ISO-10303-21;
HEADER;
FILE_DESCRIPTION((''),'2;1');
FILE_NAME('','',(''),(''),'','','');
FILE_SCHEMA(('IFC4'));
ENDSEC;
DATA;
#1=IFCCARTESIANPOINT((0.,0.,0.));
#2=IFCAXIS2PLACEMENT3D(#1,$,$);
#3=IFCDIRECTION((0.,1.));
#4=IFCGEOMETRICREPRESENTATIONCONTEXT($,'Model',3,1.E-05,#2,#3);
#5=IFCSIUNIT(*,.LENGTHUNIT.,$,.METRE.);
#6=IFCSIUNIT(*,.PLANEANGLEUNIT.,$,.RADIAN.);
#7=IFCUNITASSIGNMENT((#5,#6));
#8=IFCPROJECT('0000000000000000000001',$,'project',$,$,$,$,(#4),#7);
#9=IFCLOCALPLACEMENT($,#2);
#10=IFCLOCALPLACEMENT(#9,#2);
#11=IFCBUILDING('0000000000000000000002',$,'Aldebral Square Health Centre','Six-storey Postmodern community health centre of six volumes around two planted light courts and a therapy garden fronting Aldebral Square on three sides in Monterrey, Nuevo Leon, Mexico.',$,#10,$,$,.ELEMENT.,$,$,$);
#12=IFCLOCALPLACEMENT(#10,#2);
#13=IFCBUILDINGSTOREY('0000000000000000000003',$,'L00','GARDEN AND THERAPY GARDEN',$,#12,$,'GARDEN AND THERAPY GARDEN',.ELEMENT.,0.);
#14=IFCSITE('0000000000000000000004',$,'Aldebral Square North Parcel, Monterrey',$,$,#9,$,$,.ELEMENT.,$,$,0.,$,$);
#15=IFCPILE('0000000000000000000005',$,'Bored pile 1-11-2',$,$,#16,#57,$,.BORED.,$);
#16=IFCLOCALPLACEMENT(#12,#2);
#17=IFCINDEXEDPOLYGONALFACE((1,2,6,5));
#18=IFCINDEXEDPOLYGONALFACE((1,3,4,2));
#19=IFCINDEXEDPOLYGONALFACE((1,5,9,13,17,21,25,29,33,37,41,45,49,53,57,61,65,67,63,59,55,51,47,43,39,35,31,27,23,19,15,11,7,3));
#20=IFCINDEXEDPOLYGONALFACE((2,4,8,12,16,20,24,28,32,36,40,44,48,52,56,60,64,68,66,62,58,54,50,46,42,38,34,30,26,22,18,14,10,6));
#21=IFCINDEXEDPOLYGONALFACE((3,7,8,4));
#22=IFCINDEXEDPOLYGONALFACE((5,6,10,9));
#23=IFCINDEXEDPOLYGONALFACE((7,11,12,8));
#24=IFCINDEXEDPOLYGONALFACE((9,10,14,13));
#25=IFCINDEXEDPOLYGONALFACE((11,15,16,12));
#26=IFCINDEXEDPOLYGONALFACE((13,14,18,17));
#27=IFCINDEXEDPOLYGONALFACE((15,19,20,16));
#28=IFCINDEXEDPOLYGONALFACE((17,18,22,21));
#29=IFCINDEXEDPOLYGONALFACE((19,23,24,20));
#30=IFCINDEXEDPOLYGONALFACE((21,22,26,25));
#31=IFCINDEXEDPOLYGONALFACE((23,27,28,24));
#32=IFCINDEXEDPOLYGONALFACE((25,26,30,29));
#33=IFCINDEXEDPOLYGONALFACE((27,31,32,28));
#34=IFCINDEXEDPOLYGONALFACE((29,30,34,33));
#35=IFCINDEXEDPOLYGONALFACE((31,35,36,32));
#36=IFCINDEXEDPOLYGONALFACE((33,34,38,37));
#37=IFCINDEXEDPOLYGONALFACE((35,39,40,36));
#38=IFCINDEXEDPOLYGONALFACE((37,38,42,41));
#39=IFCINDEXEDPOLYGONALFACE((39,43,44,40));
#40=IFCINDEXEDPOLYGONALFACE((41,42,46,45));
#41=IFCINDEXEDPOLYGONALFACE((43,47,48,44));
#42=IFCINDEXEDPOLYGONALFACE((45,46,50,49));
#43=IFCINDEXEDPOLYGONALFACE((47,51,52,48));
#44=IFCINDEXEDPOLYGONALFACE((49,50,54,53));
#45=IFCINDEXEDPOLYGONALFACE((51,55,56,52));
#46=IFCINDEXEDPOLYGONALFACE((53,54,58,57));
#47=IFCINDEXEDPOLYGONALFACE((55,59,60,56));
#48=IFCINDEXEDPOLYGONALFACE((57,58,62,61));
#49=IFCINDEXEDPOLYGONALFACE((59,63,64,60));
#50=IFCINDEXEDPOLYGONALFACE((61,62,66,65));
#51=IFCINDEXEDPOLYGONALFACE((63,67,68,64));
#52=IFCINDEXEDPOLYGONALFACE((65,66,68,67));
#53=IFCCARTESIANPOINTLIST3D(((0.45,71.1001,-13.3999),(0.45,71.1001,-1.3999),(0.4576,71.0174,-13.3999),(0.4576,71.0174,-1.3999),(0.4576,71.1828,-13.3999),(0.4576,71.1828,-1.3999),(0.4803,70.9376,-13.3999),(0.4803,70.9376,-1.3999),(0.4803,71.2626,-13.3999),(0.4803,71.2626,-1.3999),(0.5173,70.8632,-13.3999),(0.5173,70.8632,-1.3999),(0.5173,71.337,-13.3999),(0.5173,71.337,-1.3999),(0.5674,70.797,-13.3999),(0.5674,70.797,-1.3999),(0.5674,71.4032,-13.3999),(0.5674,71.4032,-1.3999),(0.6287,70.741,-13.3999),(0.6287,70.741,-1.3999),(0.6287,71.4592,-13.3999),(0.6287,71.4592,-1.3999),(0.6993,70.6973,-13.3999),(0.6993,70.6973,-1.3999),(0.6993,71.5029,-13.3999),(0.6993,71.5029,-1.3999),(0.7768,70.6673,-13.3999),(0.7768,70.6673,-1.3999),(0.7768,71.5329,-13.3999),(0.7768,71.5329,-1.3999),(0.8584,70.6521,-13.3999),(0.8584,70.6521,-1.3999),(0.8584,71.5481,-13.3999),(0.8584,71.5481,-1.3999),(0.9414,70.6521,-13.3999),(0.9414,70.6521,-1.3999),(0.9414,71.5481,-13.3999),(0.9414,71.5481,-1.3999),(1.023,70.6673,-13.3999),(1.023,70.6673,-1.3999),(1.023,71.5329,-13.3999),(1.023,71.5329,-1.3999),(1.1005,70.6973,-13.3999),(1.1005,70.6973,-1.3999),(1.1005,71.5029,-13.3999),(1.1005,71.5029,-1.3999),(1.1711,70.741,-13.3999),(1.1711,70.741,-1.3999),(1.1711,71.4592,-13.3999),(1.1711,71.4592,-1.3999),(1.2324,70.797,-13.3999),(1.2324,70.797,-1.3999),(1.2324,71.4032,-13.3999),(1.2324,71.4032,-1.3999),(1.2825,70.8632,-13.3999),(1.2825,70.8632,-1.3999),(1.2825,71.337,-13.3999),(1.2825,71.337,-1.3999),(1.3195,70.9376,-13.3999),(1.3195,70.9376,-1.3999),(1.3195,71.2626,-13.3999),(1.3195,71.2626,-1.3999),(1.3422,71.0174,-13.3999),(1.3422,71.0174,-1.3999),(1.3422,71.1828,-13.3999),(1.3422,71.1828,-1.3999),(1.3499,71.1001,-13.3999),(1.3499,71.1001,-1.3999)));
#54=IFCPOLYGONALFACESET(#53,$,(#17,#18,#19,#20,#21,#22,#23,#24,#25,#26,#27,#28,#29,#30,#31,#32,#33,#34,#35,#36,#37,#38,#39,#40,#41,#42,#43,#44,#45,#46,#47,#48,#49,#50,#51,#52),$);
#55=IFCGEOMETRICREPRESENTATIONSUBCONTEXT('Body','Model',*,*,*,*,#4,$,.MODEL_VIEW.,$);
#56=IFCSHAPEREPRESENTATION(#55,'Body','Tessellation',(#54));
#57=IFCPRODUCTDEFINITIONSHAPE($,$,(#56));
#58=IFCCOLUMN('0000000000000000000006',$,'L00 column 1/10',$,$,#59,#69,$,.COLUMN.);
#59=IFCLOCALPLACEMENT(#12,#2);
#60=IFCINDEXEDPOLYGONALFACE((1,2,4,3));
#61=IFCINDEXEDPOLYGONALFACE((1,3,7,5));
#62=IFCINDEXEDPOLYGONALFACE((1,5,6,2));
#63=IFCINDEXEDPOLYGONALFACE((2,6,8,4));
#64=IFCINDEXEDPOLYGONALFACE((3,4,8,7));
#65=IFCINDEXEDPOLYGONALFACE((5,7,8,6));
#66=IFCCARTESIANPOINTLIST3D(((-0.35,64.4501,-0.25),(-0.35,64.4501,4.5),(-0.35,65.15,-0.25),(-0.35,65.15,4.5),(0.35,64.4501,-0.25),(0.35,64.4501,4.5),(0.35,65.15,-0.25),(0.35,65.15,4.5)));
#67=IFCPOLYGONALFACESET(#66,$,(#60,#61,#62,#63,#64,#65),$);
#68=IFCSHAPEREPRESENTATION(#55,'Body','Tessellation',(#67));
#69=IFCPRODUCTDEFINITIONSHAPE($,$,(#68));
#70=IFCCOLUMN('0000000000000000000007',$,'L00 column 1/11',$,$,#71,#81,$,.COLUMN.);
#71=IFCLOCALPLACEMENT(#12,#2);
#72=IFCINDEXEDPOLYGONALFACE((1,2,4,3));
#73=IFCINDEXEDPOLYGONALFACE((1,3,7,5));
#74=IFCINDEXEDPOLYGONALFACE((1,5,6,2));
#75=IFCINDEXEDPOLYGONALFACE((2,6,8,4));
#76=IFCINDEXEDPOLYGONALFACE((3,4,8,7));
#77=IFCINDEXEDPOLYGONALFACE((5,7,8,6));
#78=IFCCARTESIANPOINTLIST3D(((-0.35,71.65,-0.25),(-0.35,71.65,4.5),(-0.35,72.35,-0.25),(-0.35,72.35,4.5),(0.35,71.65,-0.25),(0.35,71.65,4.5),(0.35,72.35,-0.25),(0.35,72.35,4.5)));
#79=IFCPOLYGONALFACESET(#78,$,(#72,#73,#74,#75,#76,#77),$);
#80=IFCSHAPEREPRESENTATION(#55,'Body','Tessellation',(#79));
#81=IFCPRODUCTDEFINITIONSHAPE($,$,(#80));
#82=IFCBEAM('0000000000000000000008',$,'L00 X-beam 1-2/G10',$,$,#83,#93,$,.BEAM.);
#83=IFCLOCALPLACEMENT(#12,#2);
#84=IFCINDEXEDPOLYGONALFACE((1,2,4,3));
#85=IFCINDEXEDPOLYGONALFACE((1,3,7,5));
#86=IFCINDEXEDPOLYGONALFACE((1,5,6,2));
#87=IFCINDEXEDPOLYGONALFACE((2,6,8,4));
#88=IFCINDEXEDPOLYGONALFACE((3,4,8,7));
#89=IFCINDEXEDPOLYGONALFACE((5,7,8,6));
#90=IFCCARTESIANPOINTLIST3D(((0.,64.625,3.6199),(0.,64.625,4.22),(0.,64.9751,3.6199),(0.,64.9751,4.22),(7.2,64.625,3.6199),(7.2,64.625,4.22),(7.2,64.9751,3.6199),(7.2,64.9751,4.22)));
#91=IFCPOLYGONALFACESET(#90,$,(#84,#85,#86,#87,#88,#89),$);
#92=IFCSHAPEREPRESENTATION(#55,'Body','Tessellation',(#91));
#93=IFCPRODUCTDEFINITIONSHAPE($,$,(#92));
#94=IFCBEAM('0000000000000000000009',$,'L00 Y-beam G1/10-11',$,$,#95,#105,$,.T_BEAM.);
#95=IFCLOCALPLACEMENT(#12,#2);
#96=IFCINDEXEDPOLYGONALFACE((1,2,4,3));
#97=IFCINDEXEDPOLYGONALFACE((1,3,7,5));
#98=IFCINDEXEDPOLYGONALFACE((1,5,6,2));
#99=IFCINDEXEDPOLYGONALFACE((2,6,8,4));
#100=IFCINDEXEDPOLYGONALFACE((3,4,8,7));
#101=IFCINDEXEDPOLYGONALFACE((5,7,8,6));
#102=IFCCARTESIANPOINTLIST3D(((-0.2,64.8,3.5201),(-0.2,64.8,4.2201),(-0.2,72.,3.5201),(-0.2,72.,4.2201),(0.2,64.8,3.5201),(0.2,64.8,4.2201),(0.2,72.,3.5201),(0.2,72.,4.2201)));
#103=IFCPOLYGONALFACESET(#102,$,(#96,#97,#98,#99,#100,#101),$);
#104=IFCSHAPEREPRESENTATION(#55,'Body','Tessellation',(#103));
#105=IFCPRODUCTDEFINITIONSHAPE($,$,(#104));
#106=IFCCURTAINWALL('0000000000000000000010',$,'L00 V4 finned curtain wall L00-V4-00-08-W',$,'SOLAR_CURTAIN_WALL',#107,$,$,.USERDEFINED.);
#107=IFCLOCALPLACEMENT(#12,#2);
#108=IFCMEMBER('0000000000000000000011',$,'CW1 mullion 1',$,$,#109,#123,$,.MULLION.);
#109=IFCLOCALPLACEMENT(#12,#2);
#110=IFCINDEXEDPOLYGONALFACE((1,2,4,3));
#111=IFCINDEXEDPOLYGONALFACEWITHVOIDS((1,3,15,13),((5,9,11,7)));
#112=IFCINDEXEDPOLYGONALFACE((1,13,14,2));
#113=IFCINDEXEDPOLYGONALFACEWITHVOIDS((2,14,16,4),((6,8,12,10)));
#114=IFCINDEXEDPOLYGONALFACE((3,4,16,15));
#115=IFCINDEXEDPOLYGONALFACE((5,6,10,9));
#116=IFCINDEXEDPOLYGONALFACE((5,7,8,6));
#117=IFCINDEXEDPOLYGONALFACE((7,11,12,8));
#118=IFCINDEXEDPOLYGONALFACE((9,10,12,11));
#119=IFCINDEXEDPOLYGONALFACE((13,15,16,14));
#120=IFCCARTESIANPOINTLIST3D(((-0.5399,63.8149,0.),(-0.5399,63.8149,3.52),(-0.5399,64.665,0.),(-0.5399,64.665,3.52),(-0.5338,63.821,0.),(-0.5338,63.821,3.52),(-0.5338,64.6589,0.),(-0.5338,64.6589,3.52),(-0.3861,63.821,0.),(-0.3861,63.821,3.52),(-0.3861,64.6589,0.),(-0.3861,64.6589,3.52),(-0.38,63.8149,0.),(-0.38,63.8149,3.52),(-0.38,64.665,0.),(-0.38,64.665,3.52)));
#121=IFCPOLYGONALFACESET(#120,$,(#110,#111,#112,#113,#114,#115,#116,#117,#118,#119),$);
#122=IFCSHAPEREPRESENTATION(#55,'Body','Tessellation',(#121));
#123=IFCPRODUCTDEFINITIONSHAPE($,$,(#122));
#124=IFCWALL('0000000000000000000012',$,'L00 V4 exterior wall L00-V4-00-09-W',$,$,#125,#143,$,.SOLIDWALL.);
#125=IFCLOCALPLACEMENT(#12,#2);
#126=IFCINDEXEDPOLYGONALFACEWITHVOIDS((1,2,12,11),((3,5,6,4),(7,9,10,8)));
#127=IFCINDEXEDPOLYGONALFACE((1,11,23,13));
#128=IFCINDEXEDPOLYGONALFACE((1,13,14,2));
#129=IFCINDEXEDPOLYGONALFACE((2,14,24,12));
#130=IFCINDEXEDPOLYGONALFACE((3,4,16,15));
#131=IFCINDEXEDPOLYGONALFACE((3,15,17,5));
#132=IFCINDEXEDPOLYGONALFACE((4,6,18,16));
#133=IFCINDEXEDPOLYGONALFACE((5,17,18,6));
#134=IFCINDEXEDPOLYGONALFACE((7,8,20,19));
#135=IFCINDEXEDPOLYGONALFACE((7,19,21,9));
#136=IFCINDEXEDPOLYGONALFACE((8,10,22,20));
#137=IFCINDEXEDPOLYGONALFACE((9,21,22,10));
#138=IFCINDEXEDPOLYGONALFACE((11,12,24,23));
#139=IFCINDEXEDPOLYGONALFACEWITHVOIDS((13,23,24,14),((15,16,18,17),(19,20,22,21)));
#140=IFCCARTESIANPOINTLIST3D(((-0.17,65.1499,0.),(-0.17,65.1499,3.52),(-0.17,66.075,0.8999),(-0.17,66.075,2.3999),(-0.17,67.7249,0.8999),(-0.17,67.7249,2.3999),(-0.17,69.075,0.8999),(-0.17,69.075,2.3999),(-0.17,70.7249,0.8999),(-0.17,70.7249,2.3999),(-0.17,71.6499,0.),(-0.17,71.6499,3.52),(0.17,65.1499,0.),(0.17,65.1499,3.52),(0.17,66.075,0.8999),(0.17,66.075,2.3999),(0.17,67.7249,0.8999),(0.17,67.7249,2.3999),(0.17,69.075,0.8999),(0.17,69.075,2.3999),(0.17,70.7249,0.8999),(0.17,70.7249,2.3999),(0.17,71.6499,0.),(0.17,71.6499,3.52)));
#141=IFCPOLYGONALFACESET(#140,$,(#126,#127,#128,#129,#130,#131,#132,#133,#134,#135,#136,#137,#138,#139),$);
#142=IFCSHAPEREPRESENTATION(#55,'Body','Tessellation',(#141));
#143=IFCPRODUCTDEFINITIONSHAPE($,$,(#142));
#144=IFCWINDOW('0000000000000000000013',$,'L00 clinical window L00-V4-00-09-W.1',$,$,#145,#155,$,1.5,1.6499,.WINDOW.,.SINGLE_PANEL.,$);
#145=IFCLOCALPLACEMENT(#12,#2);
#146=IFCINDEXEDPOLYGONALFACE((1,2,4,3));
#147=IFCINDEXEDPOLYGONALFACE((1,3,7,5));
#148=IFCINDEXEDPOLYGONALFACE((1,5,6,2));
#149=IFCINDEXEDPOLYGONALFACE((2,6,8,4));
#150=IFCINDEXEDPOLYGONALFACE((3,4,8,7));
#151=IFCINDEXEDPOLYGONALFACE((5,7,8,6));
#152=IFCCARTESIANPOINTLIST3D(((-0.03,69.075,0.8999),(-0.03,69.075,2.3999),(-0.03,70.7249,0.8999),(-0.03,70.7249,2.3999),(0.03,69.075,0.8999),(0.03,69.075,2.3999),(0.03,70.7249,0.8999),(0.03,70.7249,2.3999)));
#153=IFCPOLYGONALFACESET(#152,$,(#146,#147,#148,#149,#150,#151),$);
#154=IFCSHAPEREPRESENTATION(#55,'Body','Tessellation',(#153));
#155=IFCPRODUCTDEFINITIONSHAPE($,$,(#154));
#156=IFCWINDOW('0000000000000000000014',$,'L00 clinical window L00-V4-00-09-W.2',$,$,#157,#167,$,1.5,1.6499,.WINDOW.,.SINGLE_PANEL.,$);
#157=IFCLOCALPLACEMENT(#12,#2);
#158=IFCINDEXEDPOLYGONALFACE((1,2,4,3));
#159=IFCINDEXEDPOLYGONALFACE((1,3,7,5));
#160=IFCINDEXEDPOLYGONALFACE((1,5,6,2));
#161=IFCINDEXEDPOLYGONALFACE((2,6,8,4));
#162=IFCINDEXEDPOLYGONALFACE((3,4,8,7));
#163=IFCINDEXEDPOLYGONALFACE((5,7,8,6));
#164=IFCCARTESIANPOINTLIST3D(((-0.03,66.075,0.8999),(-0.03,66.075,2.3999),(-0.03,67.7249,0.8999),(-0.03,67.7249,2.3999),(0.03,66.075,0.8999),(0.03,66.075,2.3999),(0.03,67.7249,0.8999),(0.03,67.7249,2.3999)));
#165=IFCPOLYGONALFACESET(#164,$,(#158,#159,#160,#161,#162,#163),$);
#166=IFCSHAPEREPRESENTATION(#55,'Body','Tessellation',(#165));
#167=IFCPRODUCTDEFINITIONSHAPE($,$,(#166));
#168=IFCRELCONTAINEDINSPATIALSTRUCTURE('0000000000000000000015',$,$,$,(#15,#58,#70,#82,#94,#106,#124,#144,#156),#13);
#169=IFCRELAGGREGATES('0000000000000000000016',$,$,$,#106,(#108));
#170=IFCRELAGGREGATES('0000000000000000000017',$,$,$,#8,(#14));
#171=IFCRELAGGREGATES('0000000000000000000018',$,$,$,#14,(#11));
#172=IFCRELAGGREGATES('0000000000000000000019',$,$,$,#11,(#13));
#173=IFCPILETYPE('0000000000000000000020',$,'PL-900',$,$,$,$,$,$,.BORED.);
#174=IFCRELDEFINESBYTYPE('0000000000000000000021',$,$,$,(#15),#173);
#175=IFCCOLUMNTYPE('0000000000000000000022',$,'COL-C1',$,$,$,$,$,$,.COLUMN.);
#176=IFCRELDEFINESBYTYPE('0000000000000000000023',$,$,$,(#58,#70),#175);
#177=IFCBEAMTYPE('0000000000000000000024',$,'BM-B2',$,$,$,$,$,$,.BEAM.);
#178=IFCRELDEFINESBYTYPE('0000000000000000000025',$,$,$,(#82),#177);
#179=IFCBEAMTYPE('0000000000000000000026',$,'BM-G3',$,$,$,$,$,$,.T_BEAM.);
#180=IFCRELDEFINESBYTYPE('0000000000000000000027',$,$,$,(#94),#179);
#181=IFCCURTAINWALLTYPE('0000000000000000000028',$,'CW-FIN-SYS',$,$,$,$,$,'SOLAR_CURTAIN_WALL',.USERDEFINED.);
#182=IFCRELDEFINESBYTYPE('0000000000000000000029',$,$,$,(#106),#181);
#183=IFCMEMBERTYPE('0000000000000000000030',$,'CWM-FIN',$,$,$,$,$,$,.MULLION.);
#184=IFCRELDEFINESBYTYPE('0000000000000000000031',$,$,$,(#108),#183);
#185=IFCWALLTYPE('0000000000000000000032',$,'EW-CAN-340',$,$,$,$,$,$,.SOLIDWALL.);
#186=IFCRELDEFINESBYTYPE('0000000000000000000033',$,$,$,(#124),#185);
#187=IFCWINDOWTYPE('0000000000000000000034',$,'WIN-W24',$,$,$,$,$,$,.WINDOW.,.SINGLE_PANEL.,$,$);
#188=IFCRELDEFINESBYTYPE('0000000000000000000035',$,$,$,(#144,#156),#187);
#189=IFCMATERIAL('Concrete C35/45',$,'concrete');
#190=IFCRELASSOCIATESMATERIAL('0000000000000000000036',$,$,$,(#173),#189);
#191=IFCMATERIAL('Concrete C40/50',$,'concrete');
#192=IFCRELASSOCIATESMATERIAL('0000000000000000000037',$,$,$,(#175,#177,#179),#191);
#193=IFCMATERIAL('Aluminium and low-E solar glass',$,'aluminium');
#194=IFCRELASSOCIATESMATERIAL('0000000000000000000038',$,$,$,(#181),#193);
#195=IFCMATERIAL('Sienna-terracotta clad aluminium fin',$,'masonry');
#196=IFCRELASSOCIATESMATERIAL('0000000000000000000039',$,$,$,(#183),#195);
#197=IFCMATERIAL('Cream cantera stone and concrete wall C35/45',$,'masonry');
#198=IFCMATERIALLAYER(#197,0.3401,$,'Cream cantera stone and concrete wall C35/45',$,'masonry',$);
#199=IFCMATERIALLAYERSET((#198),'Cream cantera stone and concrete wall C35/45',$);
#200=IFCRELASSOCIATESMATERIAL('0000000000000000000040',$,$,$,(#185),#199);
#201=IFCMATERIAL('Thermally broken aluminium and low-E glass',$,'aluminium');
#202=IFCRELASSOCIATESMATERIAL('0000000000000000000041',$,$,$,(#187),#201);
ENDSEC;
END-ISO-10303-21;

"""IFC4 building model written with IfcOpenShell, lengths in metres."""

from ifc_helpers import new_model, si_unit, direction, frame, frame_2d, origin, origin_2d, place, context, subcontext, project, spatial, rectangle, hollow_rectangle, circle, extrude, material, layer, layer_set, material_profile, profile_set, type_object, element, fill, aggregate, save


model = new_model("IFC4")

# Units and contexts
model_context = context("Model", 3, precision=1e-05, world=origin(), true_north=direction((0.0, 1.0)))
body_context = subcontext(model_context, "Body", "Model", "MODEL_VIEW")
ifc_project = project(units=[si_unit("LENGTHUNIT", "METRE"), si_unit("PLANEANGLEUNIT", "RADIAN")], contexts=[model_context])

# Site, building, storey
site_placement = place(None, origin())
site = spatial("IfcSite", under=ifc_project, at=site_placement, Name="Aldebral Square North Parcel, Monterrey", CompositionType="ELEMENT", RefElevation=0.0)
building_placement = place(site_placement, origin())
building = spatial("IfcBuilding", under=site, at=building_placement, Name="Aldebral Square Health Centre", Description="Six-storey Postmodern community health centre of six volumes around two planted light courts and a therapy garden fronting Aldebral Square on three sides in Monterrey, Nuevo Leon, Mexico.", CompositionType="ELEMENT")
storey_placement = place(building_placement, origin())
storey = spatial("IfcBuildingStorey", under=building, at=storey_placement, Name="L00", Description="GARDEN AND THERAPY GARDEN", LongName="GARDEN AND THERAPY GARDEN", CompositionType="ELEMENT", Elevation=0.0)

# Shared definitions
ifc_material_1 = material(Name="Concrete C35/45", Category="concrete")

# Pile
ifc_material_profile_1 = material_profile(ifc_material_1, circle(Radius=0.45, at=origin_2d()), Name="PILE D900")
ifc_profile_set_1 = profile_set([ifc_material_profile_1], Name="Concrete C35/45")
pile_type = type_object("IfcPileType", Name="PL-900", PredefinedType="BORED", material=ifc_profile_set_1)
for number, where, z_axis, x_axis, name in (
    (1, (0.8999, 71.1001, -1.3999), (0.0, 0.0, -1.0), (1.0, 0.0, 0.0), "Bored pile 1-11-2"),
):
    element("IfcPile", number, at=place(storey_placement, frame(where, z_axis=z_axis, x_axis=x_axis)), inside=storey, type_object=pile_type, Name=name, PredefinedType="BORED", context=body_context, shape_type="SweptSolid", body=[
        extrude(circle(Radius=0.45, at=origin_2d()), origin(), (0.0, 0.0, 1.0), 12.0),
    ])

# Columns
ifc_material_2 = material(Name="Concrete C40/50", Category="concrete")
ifc_material_profile_2 = material_profile(ifc_material_2, rectangle(XDim=0.7, YDim=0.7, at=origin_2d()), Name="RC 700x700")
ifc_profile_set_2 = profile_set([ifc_material_profile_2], Name="Concrete C40/50")
column_type = type_object("IfcColumnType", Name="COL-C1", PredefinedType="COLUMN", material=ifc_profile_set_2)
for number, where, z_axis, x_axis, name in (
    (2, (0.0, 64.8, -0.25), (0.0, 0.0, 1.0), (1.0, 0.0, 0.0), "L00 column 1/10"),
    (3, (0.0, 72.0, -0.25), (0.0, 0.0, 1.0), (1.0, 0.0, 0.0), "L00 column 1/11"),
):
    element("IfcColumn", number, at=place(storey_placement, frame(where, z_axis=z_axis, x_axis=x_axis)), inside=storey, type_object=column_type, Name=name, PredefinedType="COLUMN", context=body_context, shape_type="SweptSolid", body=[
        extrude(rectangle(XDim=0.7, YDim=0.7, at=origin_2d()), origin(), (0.0, 0.0, 1.0), 4.75),
    ])

# Beams
ifc_material_profile_3 = material_profile(ifc_material_2, rectangle(XDim=0.3501, YDim=0.6001, at=origin_2d()), Name="RC 350x600")
ifc_profile_set_3 = profile_set([ifc_material_profile_3], Name="Concrete C40/50")
beam_type_1 = type_object("IfcBeamType", Name="BM-B2", PredefinedType="BEAM", material=ifc_profile_set_3)
beam_1_placement = place(storey_placement, frame((0.0, 64.8, 3.9199), z_axis=(1.0, 0.0, 0.0), x_axis=(0.0, 1.0, 0.0)))
element("IfcBeam", 4, at=beam_1_placement, inside=storey, type_object=beam_type_1, Name="L00 X-beam 1-2/G10", PredefinedType="BEAM", context=body_context, shape_type="SweptSolid", body=[
    extrude(rectangle(XDim=0.3501, YDim=0.6001, at=origin_2d()), origin(), (0.0, 0.0, 1.0), 7.2),
])
ifc_material_profile_4 = material_profile(ifc_material_2, rectangle(XDim=0.3999, YDim=0.7, at=origin_2d()), Name="RC 400x700")
ifc_profile_set_4 = profile_set([ifc_material_profile_4], Name="Concrete C40/50")
beam_type_2 = type_object("IfcBeamType", Name="BM-G3", PredefinedType="T_BEAM", material=ifc_profile_set_4)
beam_2_placement = place(storey_placement, frame((0.0, 64.8, 3.8701), z_axis=(0.0, 1.0, 0.0), x_axis=(-1.0, 0.0, 0.0)))
element("IfcBeam", 5, at=beam_2_placement, inside=storey, type_object=beam_type_2, Name="L00 Y-beam G1/10-11", PredefinedType="T_BEAM", context=body_context, shape_type="SweptSolid", body=[
    extrude(rectangle(XDim=0.3999, YDim=0.7, at=origin_2d()), origin(), (0.0, 0.0, 1.0), 7.2),
])

# Curtain wall, member
ifc_material_3 = material(Name="Aluminium and low-E solar glass", Category="aluminium")
curtain_wall_type = type_object("IfcCurtainWallType", Name="CW-FIN-SYS", ElementType="SOLAR_CURTAIN_WALL", PredefinedType="USERDEFINED", material=ifc_material_3)
curtain_wall_placement = place(storey_placement, origin())
curtain_wall = element("IfcCurtainWall", 6, at=curtain_wall_placement, inside=storey, type_object=curtain_wall_type, Name="L00 V4 finned curtain wall L00-V4-00-08-W", ObjectType="SOLAR_CURTAIN_WALL", PredefinedType="USERDEFINED")
ifc_material_4 = material(Name="Sienna-terracotta clad aluminium fin", Category="masonry")
ifc_material_profile_5 = material_profile(ifc_material_4, hollow_rectangle(XDim=0.1599, YDim=0.8501, WallThickness=0.0061, at=origin_2d()), Name="FIN 160x850x6")
ifc_profile_set_5 = profile_set([ifc_material_profile_5], Name="Sienna-terracotta clad aluminium fin")
member_type = type_object("IfcMemberType", Name="CWM-FIN", PredefinedType="MULLION", material=ifc_profile_set_5)
member_placement = place(storey_placement, frame((-0.46, 64.24, 0.0), z_axis=(0.0, 0.0, 1.0), x_axis=(1.0, 0.0, 0.0)))
member = element("IfcMember", 7, at=member_placement, type_object=member_type, Name="CW1 mullion 1", PredefinedType="MULLION", context=body_context, shape_type="SweptSolid", body=[
    extrude(hollow_rectangle(XDim=0.1599, YDim=0.8501, WallThickness=0.0061, at=origin_2d()), origin(), (0.0, 0.0, 1.0), 3.52),
])
aggregate(curtain_wall, [member])

# Wall, openings, windows
ifc_material_5 = material(Name="Cream cantera stone and concrete wall C35/45", Category="masonry")
ifc_layer_1 = layer(ifc_material_5, 0.3401, Name="Cream cantera stone and concrete wall C35/45", Category="masonry")
ifc_layer_set_1 = layer_set([ifc_layer_1], Name="Cream cantera stone and concrete wall C35/45")
wall_type_1 = type_object("IfcWallType", Name="EW-CAN-340", PredefinedType="SOLIDWALL", material=ifc_layer_set_1)
wall_1_placement = place(storey_placement, frame((0.0, 71.6499, 0.0), z_axis=(0.0, 0.0, 1.0), x_axis=(0.0, -1.0, 0.0)))
wall_1 = element("IfcWall", 8, at=wall_1_placement, inside=storey, type_object=wall_type_1, Name="L00 V4 exterior wall L00-V4-00-09-W", PredefinedType="SOLIDWALL", context=body_context, shape_type="SweptSolid", body=[
    extrude(rectangle(XDim=6.5, YDim=0.3401, at=frame_2d((3.25, 0.0))), origin(), (0.0, 0.0, 1.0), 3.52),
])
opening_1_placement = place(wall_1_placement, frame((0.925, 0.0, 0.8999)))
opening_1 = element("IfcOpeningElement", 9, at=opening_1_placement, cuts=wall_1, PredefinedType="OPENING", context=body_context, shape_type="SweptSolid", body=[
    extrude(rectangle(XDim=1.6499, YDim=1.5, at=frame_2d((0.825, 0.75))), frame((0.0, 0.1802, 0.0), z_axis=(0.0, -1.0, 0.0), x_axis=(1.0, 0.0, 0.0)), (0.0, 0.0, 1.0), 0.3601),
])
opening_2_placement = place(wall_1_placement, frame((3.925, 0.0, 0.8999)))
opening_2 = element("IfcOpeningElement", 10, at=opening_2_placement, cuts=wall_1, PredefinedType="OPENING", context=body_context, shape_type="SweptSolid", body=[
    extrude(rectangle(XDim=1.6499, YDim=1.5, at=frame_2d((0.825, 0.75))), frame((0.0, 0.1802, 0.0), z_axis=(0.0, -1.0, 0.0), x_axis=(1.0, 0.0, 0.0)), (0.0, 0.0, 1.0), 0.3601),
])
ifc_material_6 = material(Name="Thermally broken aluminium and low-E glass", Category="aluminium")
window_type = type_object("IfcWindowType", Name="WIN-W24", PartitioningType="SINGLE_PANEL", PredefinedType="WINDOW", material=ifc_material_6)
window_1_placement = place(opening_1_placement, origin())
window_1 = element("IfcWindow", 11, at=window_1_placement, inside=storey, type_object=window_type, Name="L00 clinical window L00-V4-00-09-W.1", OverallHeight=1.5, OverallWidth=1.6499, PartitioningType="SINGLE_PANEL", PredefinedType="WINDOW", context=body_context, shape_type="SweptSolid", body=[
    extrude(rectangle(XDim=1.6499, YDim=1.5, at=frame_2d((0.825, 0.75))), frame((0.0, 0.03, 0.0), z_axis=(0.0, -1.0, 0.0), x_axis=(1.0, 0.0, 0.0)), (0.0, 0.0, 1.0), 0.0601),
])
fill(opening_1, window_1)
window_2_placement = place(opening_2_placement, origin())
window_2 = element("IfcWindow", 12, at=window_2_placement, inside=storey, type_object=window_type, Name="L00 clinical window L00-V4-00-09-W.2", OverallHeight=1.5, OverallWidth=1.6499, PartitioningType="SINGLE_PANEL", PredefinedType="WINDOW", context=body_context, shape_type="SweptSolid", body=[
    extrude(rectangle(XDim=1.6499, YDim=1.5, at=frame_2d((0.825, 0.75))), frame((0.0, 0.03, 0.0), z_axis=(0.0, -1.0, 0.0), x_axis=(1.0, 0.0, 0.0)), (0.0, 0.0, 1.0), 0.0601),
])
fill(opening_2, window_2)

save(model, "model.ifc")
